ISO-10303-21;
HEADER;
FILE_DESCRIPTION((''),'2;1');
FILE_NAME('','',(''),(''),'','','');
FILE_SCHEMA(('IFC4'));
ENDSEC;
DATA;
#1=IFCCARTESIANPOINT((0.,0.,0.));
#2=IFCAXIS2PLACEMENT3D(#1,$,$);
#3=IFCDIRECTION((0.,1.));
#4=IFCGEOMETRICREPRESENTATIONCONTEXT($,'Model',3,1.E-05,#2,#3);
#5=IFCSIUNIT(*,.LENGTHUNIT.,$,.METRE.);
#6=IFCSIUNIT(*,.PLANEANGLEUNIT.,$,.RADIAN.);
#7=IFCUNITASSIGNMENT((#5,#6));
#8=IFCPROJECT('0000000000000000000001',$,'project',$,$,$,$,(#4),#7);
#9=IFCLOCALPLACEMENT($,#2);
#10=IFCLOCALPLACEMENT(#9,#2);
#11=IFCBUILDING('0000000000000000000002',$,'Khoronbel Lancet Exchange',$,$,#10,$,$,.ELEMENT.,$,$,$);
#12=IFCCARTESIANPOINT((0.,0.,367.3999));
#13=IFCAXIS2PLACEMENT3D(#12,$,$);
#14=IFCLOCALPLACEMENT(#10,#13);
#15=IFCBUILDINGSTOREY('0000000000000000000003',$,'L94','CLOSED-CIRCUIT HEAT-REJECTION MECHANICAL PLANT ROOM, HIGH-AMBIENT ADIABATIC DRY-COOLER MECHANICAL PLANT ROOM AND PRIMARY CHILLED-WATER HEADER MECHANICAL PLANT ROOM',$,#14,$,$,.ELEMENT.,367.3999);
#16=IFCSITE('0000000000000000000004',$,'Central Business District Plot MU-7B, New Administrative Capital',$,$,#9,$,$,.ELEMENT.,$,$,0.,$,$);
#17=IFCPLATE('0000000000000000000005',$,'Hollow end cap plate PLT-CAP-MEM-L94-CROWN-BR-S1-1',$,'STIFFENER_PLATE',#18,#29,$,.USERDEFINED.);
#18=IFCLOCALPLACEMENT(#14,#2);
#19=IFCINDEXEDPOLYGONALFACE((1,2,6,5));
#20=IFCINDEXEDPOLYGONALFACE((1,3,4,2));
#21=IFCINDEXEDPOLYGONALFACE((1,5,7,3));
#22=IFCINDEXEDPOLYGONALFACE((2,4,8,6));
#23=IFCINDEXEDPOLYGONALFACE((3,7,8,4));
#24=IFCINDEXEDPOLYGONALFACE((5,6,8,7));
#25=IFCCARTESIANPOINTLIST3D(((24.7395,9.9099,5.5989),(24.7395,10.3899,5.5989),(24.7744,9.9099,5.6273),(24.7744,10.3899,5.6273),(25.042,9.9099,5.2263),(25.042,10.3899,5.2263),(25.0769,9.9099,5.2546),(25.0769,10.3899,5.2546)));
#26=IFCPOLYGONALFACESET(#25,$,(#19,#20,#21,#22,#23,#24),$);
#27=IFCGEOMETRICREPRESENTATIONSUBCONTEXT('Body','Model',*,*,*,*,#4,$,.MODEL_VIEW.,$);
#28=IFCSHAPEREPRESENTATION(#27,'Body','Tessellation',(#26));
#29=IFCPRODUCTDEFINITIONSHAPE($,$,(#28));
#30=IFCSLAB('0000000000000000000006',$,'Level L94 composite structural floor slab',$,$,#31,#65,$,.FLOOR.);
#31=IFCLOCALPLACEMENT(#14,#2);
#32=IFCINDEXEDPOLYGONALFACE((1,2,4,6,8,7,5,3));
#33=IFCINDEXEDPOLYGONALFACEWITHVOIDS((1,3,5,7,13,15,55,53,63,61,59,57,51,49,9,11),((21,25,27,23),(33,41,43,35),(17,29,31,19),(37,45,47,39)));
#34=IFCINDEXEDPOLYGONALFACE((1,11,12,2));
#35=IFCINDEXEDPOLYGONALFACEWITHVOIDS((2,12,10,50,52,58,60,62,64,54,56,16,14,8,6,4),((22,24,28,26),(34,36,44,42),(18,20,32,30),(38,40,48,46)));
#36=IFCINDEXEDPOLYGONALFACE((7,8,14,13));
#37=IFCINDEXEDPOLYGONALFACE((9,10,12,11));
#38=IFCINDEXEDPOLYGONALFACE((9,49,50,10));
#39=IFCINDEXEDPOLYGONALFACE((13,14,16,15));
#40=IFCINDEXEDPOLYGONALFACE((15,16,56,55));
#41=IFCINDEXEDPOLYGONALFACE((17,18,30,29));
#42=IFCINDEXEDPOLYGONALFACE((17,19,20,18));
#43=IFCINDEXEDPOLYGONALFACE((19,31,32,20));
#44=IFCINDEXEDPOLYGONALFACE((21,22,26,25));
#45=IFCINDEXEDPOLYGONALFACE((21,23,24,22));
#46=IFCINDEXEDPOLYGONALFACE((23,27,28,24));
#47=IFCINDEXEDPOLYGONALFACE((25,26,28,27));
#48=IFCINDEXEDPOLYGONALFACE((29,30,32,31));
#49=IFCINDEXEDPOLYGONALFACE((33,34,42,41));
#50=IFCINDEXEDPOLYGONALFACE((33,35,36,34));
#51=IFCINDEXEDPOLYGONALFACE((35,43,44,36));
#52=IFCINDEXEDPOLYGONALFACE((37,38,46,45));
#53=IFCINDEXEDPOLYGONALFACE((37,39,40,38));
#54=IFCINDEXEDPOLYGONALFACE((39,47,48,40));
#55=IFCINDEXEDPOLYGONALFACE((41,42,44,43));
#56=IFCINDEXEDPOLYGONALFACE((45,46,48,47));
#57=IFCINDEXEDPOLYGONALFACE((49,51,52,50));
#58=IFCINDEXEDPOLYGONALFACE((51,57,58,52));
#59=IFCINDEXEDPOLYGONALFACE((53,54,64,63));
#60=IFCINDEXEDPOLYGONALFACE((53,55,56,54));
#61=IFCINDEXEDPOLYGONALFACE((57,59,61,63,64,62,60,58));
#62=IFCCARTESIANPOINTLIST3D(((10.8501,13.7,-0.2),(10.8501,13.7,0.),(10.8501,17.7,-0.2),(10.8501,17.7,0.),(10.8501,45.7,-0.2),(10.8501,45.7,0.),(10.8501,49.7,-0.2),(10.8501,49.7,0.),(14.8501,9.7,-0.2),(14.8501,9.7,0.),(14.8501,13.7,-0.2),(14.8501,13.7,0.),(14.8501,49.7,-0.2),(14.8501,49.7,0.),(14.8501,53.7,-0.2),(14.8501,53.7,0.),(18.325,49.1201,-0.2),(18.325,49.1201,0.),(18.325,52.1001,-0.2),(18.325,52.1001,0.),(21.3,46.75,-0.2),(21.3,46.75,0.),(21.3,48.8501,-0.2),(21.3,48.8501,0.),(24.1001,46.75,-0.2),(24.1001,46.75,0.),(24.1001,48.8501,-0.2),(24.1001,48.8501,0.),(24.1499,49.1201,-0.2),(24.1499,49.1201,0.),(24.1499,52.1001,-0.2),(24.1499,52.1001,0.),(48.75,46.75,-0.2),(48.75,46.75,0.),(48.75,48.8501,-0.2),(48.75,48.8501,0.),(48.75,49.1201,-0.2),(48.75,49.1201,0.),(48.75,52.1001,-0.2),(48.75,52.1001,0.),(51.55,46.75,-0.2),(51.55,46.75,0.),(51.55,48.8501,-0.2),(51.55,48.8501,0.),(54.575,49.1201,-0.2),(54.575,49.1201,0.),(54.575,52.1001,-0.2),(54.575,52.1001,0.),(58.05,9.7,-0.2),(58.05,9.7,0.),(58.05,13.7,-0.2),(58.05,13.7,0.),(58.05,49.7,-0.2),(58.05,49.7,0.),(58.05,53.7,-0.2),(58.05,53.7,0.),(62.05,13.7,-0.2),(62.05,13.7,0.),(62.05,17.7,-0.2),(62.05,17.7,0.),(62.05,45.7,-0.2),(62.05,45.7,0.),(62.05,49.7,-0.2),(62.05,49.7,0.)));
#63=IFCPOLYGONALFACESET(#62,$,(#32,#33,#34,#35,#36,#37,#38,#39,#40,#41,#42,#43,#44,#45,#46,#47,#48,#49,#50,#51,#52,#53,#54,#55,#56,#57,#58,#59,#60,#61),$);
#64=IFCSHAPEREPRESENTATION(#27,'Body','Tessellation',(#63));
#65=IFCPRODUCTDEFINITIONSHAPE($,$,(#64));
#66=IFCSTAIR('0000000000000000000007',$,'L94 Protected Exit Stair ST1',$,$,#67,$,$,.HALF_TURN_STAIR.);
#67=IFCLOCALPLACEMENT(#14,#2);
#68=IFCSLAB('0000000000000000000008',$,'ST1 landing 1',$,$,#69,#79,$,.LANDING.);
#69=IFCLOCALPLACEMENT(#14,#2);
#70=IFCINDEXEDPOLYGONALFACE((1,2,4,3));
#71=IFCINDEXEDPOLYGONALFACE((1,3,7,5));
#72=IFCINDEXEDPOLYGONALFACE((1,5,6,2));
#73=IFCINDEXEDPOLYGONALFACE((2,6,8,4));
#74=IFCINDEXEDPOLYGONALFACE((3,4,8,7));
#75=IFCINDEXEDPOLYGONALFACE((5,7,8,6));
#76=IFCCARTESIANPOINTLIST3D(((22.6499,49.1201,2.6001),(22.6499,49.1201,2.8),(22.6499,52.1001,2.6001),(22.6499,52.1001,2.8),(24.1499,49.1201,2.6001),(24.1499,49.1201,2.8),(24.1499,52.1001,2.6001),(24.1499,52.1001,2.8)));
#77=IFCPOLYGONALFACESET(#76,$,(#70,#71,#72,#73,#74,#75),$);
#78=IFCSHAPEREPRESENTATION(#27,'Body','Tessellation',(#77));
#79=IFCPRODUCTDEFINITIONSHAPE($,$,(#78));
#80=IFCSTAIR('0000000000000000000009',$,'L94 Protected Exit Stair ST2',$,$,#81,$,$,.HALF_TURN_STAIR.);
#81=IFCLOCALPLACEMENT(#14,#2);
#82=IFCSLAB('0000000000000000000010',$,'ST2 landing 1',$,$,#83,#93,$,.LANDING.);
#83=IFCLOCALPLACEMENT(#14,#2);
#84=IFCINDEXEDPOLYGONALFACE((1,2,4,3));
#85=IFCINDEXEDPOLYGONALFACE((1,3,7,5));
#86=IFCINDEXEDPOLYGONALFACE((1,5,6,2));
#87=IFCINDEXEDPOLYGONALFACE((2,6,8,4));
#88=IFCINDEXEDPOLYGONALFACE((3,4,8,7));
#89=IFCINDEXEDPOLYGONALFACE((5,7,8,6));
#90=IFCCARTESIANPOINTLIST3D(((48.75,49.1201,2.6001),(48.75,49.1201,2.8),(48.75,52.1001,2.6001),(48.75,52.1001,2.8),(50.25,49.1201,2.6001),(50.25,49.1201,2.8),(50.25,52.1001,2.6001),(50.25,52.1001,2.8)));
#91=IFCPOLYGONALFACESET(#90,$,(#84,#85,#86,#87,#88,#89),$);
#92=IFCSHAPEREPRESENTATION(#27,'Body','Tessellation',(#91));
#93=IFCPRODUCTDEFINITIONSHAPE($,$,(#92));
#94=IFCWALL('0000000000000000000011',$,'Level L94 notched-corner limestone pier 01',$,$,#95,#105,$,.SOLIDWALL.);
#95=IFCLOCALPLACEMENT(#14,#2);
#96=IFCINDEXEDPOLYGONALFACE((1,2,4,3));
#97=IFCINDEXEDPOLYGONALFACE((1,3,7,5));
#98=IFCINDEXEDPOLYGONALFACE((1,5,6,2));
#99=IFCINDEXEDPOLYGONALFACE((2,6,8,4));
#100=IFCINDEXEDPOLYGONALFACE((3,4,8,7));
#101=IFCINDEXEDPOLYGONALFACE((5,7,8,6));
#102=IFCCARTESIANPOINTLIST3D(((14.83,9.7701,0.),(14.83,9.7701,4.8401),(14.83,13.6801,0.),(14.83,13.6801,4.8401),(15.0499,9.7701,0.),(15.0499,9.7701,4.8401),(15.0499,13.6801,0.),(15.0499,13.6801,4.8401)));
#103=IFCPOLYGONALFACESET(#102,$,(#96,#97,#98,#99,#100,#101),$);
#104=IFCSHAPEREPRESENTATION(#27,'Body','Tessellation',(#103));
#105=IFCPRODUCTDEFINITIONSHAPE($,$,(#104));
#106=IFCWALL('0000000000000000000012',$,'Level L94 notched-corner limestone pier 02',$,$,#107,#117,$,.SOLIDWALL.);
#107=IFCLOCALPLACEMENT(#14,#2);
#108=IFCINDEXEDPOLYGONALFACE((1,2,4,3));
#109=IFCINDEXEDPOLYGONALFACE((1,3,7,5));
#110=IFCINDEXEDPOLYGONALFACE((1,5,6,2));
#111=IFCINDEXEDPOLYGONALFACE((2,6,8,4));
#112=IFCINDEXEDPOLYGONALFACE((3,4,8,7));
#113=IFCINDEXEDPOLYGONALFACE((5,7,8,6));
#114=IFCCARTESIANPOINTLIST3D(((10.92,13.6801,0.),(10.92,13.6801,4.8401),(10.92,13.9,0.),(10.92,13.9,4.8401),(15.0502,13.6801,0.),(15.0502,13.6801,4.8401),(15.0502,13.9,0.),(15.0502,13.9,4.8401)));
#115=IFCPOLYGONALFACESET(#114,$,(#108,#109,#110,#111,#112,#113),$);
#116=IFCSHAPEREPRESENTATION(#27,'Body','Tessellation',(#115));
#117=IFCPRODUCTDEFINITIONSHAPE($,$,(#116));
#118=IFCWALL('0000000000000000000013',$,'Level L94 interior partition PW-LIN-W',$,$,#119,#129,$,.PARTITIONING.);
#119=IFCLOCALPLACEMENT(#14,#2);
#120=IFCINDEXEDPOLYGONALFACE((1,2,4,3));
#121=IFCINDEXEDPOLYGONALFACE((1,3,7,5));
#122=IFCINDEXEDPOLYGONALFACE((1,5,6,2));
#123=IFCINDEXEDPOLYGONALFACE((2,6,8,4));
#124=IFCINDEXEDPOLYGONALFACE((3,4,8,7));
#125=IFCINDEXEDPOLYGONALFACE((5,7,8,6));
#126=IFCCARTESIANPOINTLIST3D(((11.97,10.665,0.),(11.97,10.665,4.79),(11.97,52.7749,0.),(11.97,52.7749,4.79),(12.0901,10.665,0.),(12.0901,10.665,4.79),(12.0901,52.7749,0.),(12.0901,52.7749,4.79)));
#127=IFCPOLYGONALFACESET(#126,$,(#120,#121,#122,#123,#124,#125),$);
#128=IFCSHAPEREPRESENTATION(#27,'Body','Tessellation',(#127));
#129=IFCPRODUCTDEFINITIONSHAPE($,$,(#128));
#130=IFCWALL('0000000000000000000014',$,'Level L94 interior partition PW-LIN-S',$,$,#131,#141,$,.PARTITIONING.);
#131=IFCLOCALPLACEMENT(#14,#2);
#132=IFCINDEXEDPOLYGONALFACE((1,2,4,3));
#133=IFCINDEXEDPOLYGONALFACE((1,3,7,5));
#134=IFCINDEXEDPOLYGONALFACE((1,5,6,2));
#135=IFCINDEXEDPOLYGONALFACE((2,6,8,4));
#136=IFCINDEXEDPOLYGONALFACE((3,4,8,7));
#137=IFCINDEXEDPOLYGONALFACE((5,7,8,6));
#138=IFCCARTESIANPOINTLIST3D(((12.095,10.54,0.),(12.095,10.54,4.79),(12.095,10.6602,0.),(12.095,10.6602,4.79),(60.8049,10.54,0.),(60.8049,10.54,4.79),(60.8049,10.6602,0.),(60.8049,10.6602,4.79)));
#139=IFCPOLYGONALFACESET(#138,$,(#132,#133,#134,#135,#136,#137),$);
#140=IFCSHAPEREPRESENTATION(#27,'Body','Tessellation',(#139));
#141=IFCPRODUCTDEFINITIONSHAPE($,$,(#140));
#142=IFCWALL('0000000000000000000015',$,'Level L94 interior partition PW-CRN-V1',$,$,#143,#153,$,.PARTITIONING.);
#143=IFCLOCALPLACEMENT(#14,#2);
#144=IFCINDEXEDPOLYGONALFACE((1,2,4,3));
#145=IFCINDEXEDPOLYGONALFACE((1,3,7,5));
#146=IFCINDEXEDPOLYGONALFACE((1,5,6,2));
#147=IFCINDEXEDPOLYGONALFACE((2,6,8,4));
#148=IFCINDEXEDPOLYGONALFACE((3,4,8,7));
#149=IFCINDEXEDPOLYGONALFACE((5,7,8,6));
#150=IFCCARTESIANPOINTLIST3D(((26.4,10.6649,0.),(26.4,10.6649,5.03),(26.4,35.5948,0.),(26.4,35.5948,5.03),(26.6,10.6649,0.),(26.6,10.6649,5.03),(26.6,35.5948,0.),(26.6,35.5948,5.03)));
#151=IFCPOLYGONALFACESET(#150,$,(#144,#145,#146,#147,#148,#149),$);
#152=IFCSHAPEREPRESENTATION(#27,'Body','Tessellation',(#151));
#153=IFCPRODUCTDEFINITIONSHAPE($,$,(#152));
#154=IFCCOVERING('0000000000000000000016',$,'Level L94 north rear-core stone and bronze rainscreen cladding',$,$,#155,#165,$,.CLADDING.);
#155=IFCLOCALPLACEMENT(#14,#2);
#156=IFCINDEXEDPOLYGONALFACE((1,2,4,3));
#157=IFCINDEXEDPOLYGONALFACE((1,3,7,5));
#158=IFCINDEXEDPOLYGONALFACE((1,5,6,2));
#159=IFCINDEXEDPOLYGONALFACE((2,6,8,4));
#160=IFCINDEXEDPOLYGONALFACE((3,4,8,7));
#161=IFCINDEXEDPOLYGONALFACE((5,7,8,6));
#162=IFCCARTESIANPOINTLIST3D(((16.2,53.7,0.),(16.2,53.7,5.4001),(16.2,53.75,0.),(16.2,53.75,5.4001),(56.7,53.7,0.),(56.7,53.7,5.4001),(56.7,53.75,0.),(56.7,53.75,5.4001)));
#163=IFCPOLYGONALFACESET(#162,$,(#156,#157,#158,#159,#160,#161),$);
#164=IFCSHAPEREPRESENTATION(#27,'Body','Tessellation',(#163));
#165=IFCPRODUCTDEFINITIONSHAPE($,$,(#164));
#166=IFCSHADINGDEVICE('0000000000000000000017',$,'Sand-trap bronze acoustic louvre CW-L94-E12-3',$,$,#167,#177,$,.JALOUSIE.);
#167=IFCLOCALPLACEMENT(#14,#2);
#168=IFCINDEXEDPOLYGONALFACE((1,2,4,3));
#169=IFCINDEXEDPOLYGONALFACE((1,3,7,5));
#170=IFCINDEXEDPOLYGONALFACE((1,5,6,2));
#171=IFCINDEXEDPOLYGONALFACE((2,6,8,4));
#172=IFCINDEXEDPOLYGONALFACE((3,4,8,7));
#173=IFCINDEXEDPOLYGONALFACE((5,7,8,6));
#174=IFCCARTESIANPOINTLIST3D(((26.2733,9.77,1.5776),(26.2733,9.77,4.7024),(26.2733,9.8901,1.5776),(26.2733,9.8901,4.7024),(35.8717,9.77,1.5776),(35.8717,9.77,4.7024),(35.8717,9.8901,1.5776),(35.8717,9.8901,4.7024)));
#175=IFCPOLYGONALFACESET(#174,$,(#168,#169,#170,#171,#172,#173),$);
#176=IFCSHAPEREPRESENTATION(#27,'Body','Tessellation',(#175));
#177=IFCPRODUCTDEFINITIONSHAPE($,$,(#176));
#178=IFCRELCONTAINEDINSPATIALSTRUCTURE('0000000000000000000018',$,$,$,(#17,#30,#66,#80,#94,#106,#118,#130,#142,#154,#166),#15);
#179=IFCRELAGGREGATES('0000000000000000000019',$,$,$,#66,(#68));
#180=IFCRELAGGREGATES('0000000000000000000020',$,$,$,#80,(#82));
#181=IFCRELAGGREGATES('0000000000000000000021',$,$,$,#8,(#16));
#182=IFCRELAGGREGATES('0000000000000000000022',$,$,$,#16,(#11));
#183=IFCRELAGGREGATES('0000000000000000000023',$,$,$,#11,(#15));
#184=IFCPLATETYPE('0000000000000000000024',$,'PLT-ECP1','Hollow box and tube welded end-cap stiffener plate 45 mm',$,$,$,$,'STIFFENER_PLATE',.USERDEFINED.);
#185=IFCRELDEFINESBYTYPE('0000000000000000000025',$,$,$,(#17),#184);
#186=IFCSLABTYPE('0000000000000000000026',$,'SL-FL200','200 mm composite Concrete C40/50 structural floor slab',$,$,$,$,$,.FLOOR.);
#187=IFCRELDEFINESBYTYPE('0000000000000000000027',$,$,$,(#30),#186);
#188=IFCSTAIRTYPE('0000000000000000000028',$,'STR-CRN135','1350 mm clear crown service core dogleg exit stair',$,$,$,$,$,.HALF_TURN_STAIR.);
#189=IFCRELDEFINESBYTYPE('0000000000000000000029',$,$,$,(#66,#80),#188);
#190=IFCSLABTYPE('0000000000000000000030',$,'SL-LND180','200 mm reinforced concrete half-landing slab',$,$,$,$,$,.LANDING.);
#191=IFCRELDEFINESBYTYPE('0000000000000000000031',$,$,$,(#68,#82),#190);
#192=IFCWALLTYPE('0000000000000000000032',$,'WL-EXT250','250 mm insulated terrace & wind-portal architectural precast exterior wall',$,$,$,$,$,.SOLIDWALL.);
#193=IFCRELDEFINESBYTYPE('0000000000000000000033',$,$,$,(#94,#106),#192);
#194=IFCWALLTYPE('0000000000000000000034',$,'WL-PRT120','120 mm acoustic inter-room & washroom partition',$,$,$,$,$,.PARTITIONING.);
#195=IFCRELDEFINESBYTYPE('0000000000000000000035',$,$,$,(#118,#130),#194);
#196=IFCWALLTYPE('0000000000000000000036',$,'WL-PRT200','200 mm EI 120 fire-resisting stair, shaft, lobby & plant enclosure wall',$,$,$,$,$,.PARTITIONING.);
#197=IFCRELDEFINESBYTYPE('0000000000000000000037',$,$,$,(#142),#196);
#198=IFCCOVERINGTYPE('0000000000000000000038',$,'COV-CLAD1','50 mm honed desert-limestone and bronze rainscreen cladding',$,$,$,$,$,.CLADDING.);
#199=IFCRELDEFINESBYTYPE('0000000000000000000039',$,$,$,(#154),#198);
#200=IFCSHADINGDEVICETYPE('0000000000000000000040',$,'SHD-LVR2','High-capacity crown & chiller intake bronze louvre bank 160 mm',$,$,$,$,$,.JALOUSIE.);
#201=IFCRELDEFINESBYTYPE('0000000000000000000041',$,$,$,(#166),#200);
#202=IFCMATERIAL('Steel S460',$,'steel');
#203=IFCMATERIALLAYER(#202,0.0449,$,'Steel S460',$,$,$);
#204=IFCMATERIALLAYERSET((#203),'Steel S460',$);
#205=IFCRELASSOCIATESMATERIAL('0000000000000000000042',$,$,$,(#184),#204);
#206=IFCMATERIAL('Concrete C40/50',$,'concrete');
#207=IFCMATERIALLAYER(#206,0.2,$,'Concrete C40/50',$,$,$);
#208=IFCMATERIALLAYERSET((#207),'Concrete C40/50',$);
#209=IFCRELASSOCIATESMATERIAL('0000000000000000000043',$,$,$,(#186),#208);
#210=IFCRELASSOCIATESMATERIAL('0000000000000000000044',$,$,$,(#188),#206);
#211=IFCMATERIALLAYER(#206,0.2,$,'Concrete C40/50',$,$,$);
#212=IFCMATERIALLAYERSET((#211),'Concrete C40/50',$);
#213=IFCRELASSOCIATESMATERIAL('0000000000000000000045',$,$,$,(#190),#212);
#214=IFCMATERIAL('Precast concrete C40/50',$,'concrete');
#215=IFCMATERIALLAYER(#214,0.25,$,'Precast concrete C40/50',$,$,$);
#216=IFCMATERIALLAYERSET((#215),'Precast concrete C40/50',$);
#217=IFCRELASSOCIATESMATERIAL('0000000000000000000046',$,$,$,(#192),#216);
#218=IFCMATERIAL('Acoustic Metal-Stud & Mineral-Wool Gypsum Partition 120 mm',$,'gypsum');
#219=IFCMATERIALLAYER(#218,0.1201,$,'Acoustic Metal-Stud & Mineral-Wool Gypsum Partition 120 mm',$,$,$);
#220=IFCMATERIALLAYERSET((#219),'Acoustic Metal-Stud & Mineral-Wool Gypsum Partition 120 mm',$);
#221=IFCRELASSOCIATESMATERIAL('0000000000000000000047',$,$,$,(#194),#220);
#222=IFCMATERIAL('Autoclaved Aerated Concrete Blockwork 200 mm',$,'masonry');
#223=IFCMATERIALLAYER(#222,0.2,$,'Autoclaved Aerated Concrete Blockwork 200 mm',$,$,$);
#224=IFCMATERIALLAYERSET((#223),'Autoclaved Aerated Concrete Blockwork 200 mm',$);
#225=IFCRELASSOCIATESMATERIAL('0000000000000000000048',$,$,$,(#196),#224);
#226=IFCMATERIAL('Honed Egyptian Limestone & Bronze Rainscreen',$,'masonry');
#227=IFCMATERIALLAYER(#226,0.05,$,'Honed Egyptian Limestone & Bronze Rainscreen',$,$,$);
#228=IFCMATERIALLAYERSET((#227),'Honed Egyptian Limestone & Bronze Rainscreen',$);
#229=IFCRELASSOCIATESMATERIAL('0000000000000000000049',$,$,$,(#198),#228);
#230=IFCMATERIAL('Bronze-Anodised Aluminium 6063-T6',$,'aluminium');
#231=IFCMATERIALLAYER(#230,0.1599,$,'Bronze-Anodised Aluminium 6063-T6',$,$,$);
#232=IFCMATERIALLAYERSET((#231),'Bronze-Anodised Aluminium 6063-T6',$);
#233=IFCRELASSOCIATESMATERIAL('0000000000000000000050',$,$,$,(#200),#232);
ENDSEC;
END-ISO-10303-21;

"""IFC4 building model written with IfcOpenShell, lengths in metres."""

from ifc_helpers import new_model, si_unit, direction, frame, frame_2d, origin, origin_2d, place, context, subcontext, project, spatial, polyline, rectangle, outline, extrude, material, layer, layer_set, type_object, element, aggregate, save


model = new_model("IFC4")

# Units and contexts
model_context = context("Model", 3, precision=1e-05, world=origin(), true_north=direction((0.0, 1.0)))
body_context = subcontext(model_context, "Body", "Model", "MODEL_VIEW")
ifc_project = project(units=[si_unit("LENGTHUNIT", "METRE"), si_unit("PLANEANGLEUNIT", "RADIAN")], contexts=[model_context])

# Site, building, storey
site_placement = place(None, origin())
site = spatial("IfcSite", under=ifc_project, at=site_placement, Name="Central Business District Plot MU-7B, New Administrative Capital", CompositionType="ELEMENT", RefElevation=0.0)
building_placement = place(site_placement, origin())
building = spatial("IfcBuilding", under=site, at=building_placement, Name="Khoronbel Lancet Exchange", CompositionType="ELEMENT")
storey_placement = place(building_placement, frame((0.0, 0.0, 367.3999)))
storey = spatial("IfcBuildingStorey", under=building, at=storey_placement, Name="L94", Description="CLOSED-CIRCUIT HEAT-REJECTION MECHANICAL PLANT ROOM, HIGH-AMBIENT ADIABATIC DRY-COOLER MECHANICAL PLANT ROOM AND PRIMARY CHILLED-WATER HEADER MECHANICAL PLANT ROOM", CompositionType="ELEMENT", Elevation=367.3999)

# Shared definitions
ifc_material_1 = material(Name="Steel S460", Category="steel")

# Shared definitions
ifc_material_2 = material(Name="Bronze-Anodised Aluminium 6063-T6", Category="aluminium")

# Plate
ifc_layer_1 = layer(ifc_material_1, 0.0449, Name="Steel S460")
ifc_layer_set_1 = layer_set([ifc_layer_1], Name="Steel S460")
plate_type_1 = type_object("IfcPlateType", Name="PLT-ECP1", Description="Hollow box and tube welded end-cap stiffener plate 45 mm", ElementType="STIFFENER_PLATE", PredefinedType="USERDEFINED", material=ifc_layer_set_1)
for number, where, z_axis, x_axis, name in (
    (1, (25.0769, 9.9099, 5.2546), (0.776332, 0.0, 0.630324), (0.0, 1.0, 0.0), "Hollow end cap plate PLT-CAP-MEM-L94-CROWN-BR-S1-1"),
):
    element("IfcPlate", number, at=place(storey_placement, frame(where, z_axis=z_axis, x_axis=x_axis)), inside=storey, type_object=plate_type_1, Name=name, ObjectType="STIFFENER_PLATE", PredefinedType="USERDEFINED", context=body_context, shape_type="SweptSolid", body=[
        extrude(outline(polyline([(0.0, 0.0), (0.48, 0.0), (0.48, 0.48), (0.0, 0.48), (0.0, 0.0)])), origin(), (0.0, 0.0, -1.0), 0.0449),
    ])

# Slab
ifc_material_3 = material(Name="Concrete C40/50", Category="concrete")
ifc_layer_2 = layer(ifc_material_3, 0.2, Name="Concrete C40/50")
ifc_layer_set_2 = layer_set([ifc_layer_2], Name="Concrete C40/50")
slab_type_1 = type_object("IfcSlabType", Name="SL-FL200", Description="200 mm composite Concrete C40/50 structural floor slab", PredefinedType="FLOOR", material=ifc_layer_set_2)
slab_1_placement = place(storey_placement, frame((0.0, 0.0, -0.2)))
element("IfcSlab", 2, at=slab_1_placement, inside=storey, type_object=slab_type_1, Name="Level L94 composite structural floor slab", PredefinedType="FLOOR", context=body_context, shape_type="SweptSolid", body=[
    extrude(outline(polyline([(14.8501, 9.7), (58.05, 9.7), (58.05, 13.7), (62.05, 13.7), (62.05, 17.7), (62.05, 45.7), (62.05, 49.7), (58.05, 49.7), (58.05, 53.7), (14.8501, 53.7), (14.8501, 49.7), (10.8501, 49.7), (10.8501, 45.7), (10.8501, 17.7), (10.8501, 13.7), (14.8501, 13.7), (14.8501, 9.7)]), holes=[polyline([(18.325, 49.1201), (24.1499, 49.1201), (24.1499, 52.1001), (18.325, 52.1001), (18.325, 49.1201)]), polyline([(48.75, 49.1201), (54.575, 49.1201), (54.575, 52.1001), (48.75, 52.1001), (48.75, 49.1201)]), polyline([(21.3, 46.75), (24.1001, 46.75), (24.1001, 48.8501), (21.3, 48.8501), (21.3, 46.75)]), polyline([(48.75, 46.75), (51.55, 46.75), (51.55, 48.8501), (48.75, 48.8501), (48.75, 46.75)])]), origin(), (0.0, 0.0, 1.0), 0.2),
])

# Stairs, slabs
stair_type = type_object("IfcStairType", Name="STR-CRN135", Description="1350 mm clear crown service core dogleg exit stair", PredefinedType="HALF_TURN_STAIR", material=ifc_material_3)
stair_1_placement = place(storey_placement, origin())
stair_1 = element("IfcStair", 3, at=stair_1_placement, inside=storey, type_object=stair_type, Name="L94 Protected Exit Stair ST1", PredefinedType="HALF_TURN_STAIR")
ifc_layer_3 = layer(ifc_material_3, 0.2, Name="Concrete C40/50")
ifc_layer_set_3 = layer_set([ifc_layer_3], Name="Concrete C40/50")
slab_type_2 = type_object("IfcSlabType", Name="SL-LND180", Description="200 mm reinforced concrete half-landing slab", PredefinedType="LANDING", material=ifc_layer_set_3)
slab_2_placement = place(storey_placement, frame((0.0, 0.0, 2.6001)))
slab_2 = element("IfcSlab", 4, at=slab_2_placement, type_object=slab_type_2, Name="ST1 landing 1", PredefinedType="LANDING", context=body_context, shape_type="SweptSolid", body=[
    extrude(outline(polyline([(22.6499, 49.1201), (24.1499, 49.1201), (24.1499, 52.1001), (22.6499, 52.1001), (22.6499, 49.1201)])), origin(), (0.0, 0.0, 1.0), 0.2),
])
aggregate(stair_1, [slab_2])
stair_2_placement = place(storey_placement, origin())
stair_2 = element("IfcStair", 5, at=stair_2_placement, inside=storey, type_object=stair_type, Name="L94 Protected Exit Stair ST2", PredefinedType="HALF_TURN_STAIR")
slab_3_placement = place(storey_placement, frame((0.0, 0.0, 2.6001)))
slab_3 = element("IfcSlab", 6, at=slab_3_placement, type_object=slab_type_2, Name="ST2 landing 1", PredefinedType="LANDING", context=body_context, shape_type="SweptSolid", body=[
    extrude(outline(polyline([(50.25, 52.1001), (48.75, 52.1001), (48.75, 49.1201), (50.25, 49.1201), (50.25, 52.1001)])), origin(), (0.0, 0.0, 1.0), 0.2),
])
aggregate(stair_2, [slab_3])

# Walls
ifc_material_4 = material(Name="Precast concrete C40/50", Category="concrete")
ifc_layer_4 = layer(ifc_material_4, 0.25, Name="Precast concrete C40/50")
ifc_layer_set_4 = layer_set([ifc_layer_4], Name="Precast concrete C40/50")
wall_type_1 = type_object("IfcWallType", Name="WL-EXT250", Description="250 mm insulated terrace & wind-portal architectural precast exterior wall", PredefinedType="SOLIDWALL", material=ifc_layer_set_4)
wall_1_placement = place(storey_placement, frame((14.9399, 9.77, 0.0), z_axis=(0.0, 0.0, 1.0), x_axis=(0.0, 1.0, 0.0)))
element("IfcWall", 7, at=wall_1_placement, inside=storey, type_object=wall_type_1, Name="Level L94 notched-corner limestone pier 01", PredefinedType="SOLIDWALL", context=body_context, shape_type="SweptSolid", body=[
    extrude(rectangle(XDim=3.9099, YDim=0.22, at=frame_2d((1.9551, 0.0))), origin(), (0.0, 0.0, 1.0), 4.8401),
])
wall_2_placement = place(storey_placement, frame((15.05, 13.79, 0.0), z_axis=(0.0, 0.0, 1.0), x_axis=(-1.0, 0.0, 0.0)))
element("IfcWall", 8, at=wall_2_placement, inside=storey, type_object=wall_type_1, Name="Level L94 notched-corner limestone pier 02", PredefinedType="SOLIDWALL", context=body_context, shape_type="SweptSolid", body=[
    extrude(rectangle(XDim=4.1301, YDim=0.22, at=frame_2d((2.0649, 0.0))), origin(), (0.0, 0.0, 1.0), 4.8401),
])
ifc_material_5 = material(Name="Acoustic Metal-Stud & Mineral-Wool Gypsum Partition 120 mm", Category="gypsum")
ifc_layer_5 = layer(ifc_material_5, 0.1201, Name="Acoustic Metal-Stud & Mineral-Wool Gypsum Partition 120 mm")
ifc_layer_set_5 = layer_set([ifc_layer_5], Name="Acoustic Metal-Stud & Mineral-Wool Gypsum Partition 120 mm")
wall_type_2 = type_object("IfcWallType", Name="WL-PRT120", Description="120 mm acoustic inter-room & washroom partition", PredefinedType="PARTITIONING", material=ifc_layer_set_5)
wall_3_placement = place(storey_placement, frame((12.03, 10.665, 0.0), z_axis=(0.0, 0.0, 1.0), x_axis=(0.0, 1.0, 0.0)))
element("IfcWall", 9, at=wall_3_placement, inside=storey, type_object=wall_type_2, Name="Level L94 interior partition PW-LIN-W", PredefinedType="PARTITIONING", context=body_context, shape_type="SweptSolid", body=[
    extrude(rectangle(XDim=42.1099, YDim=0.1201, at=frame_2d((21.0549, 0.0))), origin(), (0.0, 0.0, 1.0), 4.79),
])
wall_4_placement = place(storey_placement, frame((12.095, 10.6001, 0.0), z_axis=(0.0, 0.0, 1.0), x_axis=(1.0, 0.0, 0.0)))
element("IfcWall", 10, at=wall_4_placement, inside=storey, type_object=wall_type_2, Name="Level L94 interior partition PW-LIN-S", PredefinedType="PARTITIONING", context=body_context, shape_type="SweptSolid", body=[
    extrude(rectangle(XDim=48.71, YDim=0.1201, at=frame_2d((24.355, 0.0))), origin(), (0.0, 0.0, 1.0), 4.79),
])
ifc_material_6 = material(Name="Autoclaved Aerated Concrete Blockwork 200 mm", Category="masonry")
ifc_layer_6 = layer(ifc_material_6, 0.2, Name="Autoclaved Aerated Concrete Blockwork 200 mm")
ifc_layer_set_6 = layer_set([ifc_layer_6], Name="Autoclaved Aerated Concrete Blockwork 200 mm")
wall_type_3 = type_object("IfcWallType", Name="WL-PRT200", Description="200 mm EI 120 fire-resisting stair, shaft, lobby & plant enclosure wall", PredefinedType="PARTITIONING", material=ifc_layer_set_6)
wall_5_placement = place(storey_placement, frame((26.5, 10.665, 0.0), z_axis=(0.0, 0.0, 1.0), x_axis=(0.0, 1.0, 0.0)))
element("IfcWall", 11, at=wall_5_placement, inside=storey, type_object=wall_type_3, Name="Level L94 interior partition PW-CRN-V1", PredefinedType="PARTITIONING", context=body_context, shape_type="SweptSolid", body=[
    extrude(rectangle(XDim=24.9299, YDim=0.2, at=frame_2d((12.4648, 0.0))), origin(), (0.0, 0.0, 1.0), 5.03),
])

# Covering
ifc_material_7 = material(Name="Honed Egyptian Limestone & Bronze Rainscreen", Category="masonry")
ifc_layer_7 = layer(ifc_material_7, 0.05, Name="Honed Egyptian Limestone & Bronze Rainscreen")
ifc_layer_set_7 = layer_set([ifc_layer_7], Name="Honed Egyptian Limestone & Bronze Rainscreen")
covering_type = type_object("IfcCoveringType", Name="COV-CLAD1", Description="50 mm honed desert-limestone and bronze rainscreen cladding", PredefinedType="CLADDING", material=ifc_layer_set_7)
covering_placement = place(storey_placement, origin())
element("IfcCovering", 12, at=covering_placement, inside=storey, type_object=covering_type, Name="Level L94 north rear-core stone and bronze rainscreen cladding", PredefinedType="CLADDING", context=body_context, shape_type="SweptSolid", body=[
    extrude(outline(polyline([(16.2, 53.7), (56.7, 53.7), (56.7, 53.75), (16.2, 53.75), (16.2, 53.7)])), origin(), (0.0, 0.0, 1.0), 5.4001),
])

# Shading device
ifc_layer_8 = layer(ifc_material_2, 0.1599, Name="Bronze-Anodised Aluminium 6063-T6")
ifc_layer_set_8 = layer_set([ifc_layer_8], Name="Bronze-Anodised Aluminium 6063-T6")
shading_device_type = type_object("IfcShadingDeviceType", Name="SHD-LVR2", Description="High-capacity crown & chiller intake bronze louvre bank 160 mm", PredefinedType="JALOUSIE", material=ifc_layer_set_8)
for number, where, z_axis, x_axis, name in (
    (13, (31.0725, 9.8301, 1.5776), (0.0, 0.0, 1.0), (-1.0, 0.0, 0.0), "Sand-trap bronze acoustic louvre CW-L94-E12-3"),
):
    element("IfcShadingDevice", number, at=place(storey_placement, frame(where, z_axis=z_axis, x_axis=x_axis)), inside=storey, type_object=shading_device_type, Name=name, PredefinedType="JALOUSIE", context=body_context, shape_type="SweptSolid", body=[
        extrude(rectangle(XDim=9.5984, YDim=0.1201, at=origin_2d()), origin(), (0.0, 0.0, 1.0), 3.1248),
    ])

save(model, "model.ifc")
